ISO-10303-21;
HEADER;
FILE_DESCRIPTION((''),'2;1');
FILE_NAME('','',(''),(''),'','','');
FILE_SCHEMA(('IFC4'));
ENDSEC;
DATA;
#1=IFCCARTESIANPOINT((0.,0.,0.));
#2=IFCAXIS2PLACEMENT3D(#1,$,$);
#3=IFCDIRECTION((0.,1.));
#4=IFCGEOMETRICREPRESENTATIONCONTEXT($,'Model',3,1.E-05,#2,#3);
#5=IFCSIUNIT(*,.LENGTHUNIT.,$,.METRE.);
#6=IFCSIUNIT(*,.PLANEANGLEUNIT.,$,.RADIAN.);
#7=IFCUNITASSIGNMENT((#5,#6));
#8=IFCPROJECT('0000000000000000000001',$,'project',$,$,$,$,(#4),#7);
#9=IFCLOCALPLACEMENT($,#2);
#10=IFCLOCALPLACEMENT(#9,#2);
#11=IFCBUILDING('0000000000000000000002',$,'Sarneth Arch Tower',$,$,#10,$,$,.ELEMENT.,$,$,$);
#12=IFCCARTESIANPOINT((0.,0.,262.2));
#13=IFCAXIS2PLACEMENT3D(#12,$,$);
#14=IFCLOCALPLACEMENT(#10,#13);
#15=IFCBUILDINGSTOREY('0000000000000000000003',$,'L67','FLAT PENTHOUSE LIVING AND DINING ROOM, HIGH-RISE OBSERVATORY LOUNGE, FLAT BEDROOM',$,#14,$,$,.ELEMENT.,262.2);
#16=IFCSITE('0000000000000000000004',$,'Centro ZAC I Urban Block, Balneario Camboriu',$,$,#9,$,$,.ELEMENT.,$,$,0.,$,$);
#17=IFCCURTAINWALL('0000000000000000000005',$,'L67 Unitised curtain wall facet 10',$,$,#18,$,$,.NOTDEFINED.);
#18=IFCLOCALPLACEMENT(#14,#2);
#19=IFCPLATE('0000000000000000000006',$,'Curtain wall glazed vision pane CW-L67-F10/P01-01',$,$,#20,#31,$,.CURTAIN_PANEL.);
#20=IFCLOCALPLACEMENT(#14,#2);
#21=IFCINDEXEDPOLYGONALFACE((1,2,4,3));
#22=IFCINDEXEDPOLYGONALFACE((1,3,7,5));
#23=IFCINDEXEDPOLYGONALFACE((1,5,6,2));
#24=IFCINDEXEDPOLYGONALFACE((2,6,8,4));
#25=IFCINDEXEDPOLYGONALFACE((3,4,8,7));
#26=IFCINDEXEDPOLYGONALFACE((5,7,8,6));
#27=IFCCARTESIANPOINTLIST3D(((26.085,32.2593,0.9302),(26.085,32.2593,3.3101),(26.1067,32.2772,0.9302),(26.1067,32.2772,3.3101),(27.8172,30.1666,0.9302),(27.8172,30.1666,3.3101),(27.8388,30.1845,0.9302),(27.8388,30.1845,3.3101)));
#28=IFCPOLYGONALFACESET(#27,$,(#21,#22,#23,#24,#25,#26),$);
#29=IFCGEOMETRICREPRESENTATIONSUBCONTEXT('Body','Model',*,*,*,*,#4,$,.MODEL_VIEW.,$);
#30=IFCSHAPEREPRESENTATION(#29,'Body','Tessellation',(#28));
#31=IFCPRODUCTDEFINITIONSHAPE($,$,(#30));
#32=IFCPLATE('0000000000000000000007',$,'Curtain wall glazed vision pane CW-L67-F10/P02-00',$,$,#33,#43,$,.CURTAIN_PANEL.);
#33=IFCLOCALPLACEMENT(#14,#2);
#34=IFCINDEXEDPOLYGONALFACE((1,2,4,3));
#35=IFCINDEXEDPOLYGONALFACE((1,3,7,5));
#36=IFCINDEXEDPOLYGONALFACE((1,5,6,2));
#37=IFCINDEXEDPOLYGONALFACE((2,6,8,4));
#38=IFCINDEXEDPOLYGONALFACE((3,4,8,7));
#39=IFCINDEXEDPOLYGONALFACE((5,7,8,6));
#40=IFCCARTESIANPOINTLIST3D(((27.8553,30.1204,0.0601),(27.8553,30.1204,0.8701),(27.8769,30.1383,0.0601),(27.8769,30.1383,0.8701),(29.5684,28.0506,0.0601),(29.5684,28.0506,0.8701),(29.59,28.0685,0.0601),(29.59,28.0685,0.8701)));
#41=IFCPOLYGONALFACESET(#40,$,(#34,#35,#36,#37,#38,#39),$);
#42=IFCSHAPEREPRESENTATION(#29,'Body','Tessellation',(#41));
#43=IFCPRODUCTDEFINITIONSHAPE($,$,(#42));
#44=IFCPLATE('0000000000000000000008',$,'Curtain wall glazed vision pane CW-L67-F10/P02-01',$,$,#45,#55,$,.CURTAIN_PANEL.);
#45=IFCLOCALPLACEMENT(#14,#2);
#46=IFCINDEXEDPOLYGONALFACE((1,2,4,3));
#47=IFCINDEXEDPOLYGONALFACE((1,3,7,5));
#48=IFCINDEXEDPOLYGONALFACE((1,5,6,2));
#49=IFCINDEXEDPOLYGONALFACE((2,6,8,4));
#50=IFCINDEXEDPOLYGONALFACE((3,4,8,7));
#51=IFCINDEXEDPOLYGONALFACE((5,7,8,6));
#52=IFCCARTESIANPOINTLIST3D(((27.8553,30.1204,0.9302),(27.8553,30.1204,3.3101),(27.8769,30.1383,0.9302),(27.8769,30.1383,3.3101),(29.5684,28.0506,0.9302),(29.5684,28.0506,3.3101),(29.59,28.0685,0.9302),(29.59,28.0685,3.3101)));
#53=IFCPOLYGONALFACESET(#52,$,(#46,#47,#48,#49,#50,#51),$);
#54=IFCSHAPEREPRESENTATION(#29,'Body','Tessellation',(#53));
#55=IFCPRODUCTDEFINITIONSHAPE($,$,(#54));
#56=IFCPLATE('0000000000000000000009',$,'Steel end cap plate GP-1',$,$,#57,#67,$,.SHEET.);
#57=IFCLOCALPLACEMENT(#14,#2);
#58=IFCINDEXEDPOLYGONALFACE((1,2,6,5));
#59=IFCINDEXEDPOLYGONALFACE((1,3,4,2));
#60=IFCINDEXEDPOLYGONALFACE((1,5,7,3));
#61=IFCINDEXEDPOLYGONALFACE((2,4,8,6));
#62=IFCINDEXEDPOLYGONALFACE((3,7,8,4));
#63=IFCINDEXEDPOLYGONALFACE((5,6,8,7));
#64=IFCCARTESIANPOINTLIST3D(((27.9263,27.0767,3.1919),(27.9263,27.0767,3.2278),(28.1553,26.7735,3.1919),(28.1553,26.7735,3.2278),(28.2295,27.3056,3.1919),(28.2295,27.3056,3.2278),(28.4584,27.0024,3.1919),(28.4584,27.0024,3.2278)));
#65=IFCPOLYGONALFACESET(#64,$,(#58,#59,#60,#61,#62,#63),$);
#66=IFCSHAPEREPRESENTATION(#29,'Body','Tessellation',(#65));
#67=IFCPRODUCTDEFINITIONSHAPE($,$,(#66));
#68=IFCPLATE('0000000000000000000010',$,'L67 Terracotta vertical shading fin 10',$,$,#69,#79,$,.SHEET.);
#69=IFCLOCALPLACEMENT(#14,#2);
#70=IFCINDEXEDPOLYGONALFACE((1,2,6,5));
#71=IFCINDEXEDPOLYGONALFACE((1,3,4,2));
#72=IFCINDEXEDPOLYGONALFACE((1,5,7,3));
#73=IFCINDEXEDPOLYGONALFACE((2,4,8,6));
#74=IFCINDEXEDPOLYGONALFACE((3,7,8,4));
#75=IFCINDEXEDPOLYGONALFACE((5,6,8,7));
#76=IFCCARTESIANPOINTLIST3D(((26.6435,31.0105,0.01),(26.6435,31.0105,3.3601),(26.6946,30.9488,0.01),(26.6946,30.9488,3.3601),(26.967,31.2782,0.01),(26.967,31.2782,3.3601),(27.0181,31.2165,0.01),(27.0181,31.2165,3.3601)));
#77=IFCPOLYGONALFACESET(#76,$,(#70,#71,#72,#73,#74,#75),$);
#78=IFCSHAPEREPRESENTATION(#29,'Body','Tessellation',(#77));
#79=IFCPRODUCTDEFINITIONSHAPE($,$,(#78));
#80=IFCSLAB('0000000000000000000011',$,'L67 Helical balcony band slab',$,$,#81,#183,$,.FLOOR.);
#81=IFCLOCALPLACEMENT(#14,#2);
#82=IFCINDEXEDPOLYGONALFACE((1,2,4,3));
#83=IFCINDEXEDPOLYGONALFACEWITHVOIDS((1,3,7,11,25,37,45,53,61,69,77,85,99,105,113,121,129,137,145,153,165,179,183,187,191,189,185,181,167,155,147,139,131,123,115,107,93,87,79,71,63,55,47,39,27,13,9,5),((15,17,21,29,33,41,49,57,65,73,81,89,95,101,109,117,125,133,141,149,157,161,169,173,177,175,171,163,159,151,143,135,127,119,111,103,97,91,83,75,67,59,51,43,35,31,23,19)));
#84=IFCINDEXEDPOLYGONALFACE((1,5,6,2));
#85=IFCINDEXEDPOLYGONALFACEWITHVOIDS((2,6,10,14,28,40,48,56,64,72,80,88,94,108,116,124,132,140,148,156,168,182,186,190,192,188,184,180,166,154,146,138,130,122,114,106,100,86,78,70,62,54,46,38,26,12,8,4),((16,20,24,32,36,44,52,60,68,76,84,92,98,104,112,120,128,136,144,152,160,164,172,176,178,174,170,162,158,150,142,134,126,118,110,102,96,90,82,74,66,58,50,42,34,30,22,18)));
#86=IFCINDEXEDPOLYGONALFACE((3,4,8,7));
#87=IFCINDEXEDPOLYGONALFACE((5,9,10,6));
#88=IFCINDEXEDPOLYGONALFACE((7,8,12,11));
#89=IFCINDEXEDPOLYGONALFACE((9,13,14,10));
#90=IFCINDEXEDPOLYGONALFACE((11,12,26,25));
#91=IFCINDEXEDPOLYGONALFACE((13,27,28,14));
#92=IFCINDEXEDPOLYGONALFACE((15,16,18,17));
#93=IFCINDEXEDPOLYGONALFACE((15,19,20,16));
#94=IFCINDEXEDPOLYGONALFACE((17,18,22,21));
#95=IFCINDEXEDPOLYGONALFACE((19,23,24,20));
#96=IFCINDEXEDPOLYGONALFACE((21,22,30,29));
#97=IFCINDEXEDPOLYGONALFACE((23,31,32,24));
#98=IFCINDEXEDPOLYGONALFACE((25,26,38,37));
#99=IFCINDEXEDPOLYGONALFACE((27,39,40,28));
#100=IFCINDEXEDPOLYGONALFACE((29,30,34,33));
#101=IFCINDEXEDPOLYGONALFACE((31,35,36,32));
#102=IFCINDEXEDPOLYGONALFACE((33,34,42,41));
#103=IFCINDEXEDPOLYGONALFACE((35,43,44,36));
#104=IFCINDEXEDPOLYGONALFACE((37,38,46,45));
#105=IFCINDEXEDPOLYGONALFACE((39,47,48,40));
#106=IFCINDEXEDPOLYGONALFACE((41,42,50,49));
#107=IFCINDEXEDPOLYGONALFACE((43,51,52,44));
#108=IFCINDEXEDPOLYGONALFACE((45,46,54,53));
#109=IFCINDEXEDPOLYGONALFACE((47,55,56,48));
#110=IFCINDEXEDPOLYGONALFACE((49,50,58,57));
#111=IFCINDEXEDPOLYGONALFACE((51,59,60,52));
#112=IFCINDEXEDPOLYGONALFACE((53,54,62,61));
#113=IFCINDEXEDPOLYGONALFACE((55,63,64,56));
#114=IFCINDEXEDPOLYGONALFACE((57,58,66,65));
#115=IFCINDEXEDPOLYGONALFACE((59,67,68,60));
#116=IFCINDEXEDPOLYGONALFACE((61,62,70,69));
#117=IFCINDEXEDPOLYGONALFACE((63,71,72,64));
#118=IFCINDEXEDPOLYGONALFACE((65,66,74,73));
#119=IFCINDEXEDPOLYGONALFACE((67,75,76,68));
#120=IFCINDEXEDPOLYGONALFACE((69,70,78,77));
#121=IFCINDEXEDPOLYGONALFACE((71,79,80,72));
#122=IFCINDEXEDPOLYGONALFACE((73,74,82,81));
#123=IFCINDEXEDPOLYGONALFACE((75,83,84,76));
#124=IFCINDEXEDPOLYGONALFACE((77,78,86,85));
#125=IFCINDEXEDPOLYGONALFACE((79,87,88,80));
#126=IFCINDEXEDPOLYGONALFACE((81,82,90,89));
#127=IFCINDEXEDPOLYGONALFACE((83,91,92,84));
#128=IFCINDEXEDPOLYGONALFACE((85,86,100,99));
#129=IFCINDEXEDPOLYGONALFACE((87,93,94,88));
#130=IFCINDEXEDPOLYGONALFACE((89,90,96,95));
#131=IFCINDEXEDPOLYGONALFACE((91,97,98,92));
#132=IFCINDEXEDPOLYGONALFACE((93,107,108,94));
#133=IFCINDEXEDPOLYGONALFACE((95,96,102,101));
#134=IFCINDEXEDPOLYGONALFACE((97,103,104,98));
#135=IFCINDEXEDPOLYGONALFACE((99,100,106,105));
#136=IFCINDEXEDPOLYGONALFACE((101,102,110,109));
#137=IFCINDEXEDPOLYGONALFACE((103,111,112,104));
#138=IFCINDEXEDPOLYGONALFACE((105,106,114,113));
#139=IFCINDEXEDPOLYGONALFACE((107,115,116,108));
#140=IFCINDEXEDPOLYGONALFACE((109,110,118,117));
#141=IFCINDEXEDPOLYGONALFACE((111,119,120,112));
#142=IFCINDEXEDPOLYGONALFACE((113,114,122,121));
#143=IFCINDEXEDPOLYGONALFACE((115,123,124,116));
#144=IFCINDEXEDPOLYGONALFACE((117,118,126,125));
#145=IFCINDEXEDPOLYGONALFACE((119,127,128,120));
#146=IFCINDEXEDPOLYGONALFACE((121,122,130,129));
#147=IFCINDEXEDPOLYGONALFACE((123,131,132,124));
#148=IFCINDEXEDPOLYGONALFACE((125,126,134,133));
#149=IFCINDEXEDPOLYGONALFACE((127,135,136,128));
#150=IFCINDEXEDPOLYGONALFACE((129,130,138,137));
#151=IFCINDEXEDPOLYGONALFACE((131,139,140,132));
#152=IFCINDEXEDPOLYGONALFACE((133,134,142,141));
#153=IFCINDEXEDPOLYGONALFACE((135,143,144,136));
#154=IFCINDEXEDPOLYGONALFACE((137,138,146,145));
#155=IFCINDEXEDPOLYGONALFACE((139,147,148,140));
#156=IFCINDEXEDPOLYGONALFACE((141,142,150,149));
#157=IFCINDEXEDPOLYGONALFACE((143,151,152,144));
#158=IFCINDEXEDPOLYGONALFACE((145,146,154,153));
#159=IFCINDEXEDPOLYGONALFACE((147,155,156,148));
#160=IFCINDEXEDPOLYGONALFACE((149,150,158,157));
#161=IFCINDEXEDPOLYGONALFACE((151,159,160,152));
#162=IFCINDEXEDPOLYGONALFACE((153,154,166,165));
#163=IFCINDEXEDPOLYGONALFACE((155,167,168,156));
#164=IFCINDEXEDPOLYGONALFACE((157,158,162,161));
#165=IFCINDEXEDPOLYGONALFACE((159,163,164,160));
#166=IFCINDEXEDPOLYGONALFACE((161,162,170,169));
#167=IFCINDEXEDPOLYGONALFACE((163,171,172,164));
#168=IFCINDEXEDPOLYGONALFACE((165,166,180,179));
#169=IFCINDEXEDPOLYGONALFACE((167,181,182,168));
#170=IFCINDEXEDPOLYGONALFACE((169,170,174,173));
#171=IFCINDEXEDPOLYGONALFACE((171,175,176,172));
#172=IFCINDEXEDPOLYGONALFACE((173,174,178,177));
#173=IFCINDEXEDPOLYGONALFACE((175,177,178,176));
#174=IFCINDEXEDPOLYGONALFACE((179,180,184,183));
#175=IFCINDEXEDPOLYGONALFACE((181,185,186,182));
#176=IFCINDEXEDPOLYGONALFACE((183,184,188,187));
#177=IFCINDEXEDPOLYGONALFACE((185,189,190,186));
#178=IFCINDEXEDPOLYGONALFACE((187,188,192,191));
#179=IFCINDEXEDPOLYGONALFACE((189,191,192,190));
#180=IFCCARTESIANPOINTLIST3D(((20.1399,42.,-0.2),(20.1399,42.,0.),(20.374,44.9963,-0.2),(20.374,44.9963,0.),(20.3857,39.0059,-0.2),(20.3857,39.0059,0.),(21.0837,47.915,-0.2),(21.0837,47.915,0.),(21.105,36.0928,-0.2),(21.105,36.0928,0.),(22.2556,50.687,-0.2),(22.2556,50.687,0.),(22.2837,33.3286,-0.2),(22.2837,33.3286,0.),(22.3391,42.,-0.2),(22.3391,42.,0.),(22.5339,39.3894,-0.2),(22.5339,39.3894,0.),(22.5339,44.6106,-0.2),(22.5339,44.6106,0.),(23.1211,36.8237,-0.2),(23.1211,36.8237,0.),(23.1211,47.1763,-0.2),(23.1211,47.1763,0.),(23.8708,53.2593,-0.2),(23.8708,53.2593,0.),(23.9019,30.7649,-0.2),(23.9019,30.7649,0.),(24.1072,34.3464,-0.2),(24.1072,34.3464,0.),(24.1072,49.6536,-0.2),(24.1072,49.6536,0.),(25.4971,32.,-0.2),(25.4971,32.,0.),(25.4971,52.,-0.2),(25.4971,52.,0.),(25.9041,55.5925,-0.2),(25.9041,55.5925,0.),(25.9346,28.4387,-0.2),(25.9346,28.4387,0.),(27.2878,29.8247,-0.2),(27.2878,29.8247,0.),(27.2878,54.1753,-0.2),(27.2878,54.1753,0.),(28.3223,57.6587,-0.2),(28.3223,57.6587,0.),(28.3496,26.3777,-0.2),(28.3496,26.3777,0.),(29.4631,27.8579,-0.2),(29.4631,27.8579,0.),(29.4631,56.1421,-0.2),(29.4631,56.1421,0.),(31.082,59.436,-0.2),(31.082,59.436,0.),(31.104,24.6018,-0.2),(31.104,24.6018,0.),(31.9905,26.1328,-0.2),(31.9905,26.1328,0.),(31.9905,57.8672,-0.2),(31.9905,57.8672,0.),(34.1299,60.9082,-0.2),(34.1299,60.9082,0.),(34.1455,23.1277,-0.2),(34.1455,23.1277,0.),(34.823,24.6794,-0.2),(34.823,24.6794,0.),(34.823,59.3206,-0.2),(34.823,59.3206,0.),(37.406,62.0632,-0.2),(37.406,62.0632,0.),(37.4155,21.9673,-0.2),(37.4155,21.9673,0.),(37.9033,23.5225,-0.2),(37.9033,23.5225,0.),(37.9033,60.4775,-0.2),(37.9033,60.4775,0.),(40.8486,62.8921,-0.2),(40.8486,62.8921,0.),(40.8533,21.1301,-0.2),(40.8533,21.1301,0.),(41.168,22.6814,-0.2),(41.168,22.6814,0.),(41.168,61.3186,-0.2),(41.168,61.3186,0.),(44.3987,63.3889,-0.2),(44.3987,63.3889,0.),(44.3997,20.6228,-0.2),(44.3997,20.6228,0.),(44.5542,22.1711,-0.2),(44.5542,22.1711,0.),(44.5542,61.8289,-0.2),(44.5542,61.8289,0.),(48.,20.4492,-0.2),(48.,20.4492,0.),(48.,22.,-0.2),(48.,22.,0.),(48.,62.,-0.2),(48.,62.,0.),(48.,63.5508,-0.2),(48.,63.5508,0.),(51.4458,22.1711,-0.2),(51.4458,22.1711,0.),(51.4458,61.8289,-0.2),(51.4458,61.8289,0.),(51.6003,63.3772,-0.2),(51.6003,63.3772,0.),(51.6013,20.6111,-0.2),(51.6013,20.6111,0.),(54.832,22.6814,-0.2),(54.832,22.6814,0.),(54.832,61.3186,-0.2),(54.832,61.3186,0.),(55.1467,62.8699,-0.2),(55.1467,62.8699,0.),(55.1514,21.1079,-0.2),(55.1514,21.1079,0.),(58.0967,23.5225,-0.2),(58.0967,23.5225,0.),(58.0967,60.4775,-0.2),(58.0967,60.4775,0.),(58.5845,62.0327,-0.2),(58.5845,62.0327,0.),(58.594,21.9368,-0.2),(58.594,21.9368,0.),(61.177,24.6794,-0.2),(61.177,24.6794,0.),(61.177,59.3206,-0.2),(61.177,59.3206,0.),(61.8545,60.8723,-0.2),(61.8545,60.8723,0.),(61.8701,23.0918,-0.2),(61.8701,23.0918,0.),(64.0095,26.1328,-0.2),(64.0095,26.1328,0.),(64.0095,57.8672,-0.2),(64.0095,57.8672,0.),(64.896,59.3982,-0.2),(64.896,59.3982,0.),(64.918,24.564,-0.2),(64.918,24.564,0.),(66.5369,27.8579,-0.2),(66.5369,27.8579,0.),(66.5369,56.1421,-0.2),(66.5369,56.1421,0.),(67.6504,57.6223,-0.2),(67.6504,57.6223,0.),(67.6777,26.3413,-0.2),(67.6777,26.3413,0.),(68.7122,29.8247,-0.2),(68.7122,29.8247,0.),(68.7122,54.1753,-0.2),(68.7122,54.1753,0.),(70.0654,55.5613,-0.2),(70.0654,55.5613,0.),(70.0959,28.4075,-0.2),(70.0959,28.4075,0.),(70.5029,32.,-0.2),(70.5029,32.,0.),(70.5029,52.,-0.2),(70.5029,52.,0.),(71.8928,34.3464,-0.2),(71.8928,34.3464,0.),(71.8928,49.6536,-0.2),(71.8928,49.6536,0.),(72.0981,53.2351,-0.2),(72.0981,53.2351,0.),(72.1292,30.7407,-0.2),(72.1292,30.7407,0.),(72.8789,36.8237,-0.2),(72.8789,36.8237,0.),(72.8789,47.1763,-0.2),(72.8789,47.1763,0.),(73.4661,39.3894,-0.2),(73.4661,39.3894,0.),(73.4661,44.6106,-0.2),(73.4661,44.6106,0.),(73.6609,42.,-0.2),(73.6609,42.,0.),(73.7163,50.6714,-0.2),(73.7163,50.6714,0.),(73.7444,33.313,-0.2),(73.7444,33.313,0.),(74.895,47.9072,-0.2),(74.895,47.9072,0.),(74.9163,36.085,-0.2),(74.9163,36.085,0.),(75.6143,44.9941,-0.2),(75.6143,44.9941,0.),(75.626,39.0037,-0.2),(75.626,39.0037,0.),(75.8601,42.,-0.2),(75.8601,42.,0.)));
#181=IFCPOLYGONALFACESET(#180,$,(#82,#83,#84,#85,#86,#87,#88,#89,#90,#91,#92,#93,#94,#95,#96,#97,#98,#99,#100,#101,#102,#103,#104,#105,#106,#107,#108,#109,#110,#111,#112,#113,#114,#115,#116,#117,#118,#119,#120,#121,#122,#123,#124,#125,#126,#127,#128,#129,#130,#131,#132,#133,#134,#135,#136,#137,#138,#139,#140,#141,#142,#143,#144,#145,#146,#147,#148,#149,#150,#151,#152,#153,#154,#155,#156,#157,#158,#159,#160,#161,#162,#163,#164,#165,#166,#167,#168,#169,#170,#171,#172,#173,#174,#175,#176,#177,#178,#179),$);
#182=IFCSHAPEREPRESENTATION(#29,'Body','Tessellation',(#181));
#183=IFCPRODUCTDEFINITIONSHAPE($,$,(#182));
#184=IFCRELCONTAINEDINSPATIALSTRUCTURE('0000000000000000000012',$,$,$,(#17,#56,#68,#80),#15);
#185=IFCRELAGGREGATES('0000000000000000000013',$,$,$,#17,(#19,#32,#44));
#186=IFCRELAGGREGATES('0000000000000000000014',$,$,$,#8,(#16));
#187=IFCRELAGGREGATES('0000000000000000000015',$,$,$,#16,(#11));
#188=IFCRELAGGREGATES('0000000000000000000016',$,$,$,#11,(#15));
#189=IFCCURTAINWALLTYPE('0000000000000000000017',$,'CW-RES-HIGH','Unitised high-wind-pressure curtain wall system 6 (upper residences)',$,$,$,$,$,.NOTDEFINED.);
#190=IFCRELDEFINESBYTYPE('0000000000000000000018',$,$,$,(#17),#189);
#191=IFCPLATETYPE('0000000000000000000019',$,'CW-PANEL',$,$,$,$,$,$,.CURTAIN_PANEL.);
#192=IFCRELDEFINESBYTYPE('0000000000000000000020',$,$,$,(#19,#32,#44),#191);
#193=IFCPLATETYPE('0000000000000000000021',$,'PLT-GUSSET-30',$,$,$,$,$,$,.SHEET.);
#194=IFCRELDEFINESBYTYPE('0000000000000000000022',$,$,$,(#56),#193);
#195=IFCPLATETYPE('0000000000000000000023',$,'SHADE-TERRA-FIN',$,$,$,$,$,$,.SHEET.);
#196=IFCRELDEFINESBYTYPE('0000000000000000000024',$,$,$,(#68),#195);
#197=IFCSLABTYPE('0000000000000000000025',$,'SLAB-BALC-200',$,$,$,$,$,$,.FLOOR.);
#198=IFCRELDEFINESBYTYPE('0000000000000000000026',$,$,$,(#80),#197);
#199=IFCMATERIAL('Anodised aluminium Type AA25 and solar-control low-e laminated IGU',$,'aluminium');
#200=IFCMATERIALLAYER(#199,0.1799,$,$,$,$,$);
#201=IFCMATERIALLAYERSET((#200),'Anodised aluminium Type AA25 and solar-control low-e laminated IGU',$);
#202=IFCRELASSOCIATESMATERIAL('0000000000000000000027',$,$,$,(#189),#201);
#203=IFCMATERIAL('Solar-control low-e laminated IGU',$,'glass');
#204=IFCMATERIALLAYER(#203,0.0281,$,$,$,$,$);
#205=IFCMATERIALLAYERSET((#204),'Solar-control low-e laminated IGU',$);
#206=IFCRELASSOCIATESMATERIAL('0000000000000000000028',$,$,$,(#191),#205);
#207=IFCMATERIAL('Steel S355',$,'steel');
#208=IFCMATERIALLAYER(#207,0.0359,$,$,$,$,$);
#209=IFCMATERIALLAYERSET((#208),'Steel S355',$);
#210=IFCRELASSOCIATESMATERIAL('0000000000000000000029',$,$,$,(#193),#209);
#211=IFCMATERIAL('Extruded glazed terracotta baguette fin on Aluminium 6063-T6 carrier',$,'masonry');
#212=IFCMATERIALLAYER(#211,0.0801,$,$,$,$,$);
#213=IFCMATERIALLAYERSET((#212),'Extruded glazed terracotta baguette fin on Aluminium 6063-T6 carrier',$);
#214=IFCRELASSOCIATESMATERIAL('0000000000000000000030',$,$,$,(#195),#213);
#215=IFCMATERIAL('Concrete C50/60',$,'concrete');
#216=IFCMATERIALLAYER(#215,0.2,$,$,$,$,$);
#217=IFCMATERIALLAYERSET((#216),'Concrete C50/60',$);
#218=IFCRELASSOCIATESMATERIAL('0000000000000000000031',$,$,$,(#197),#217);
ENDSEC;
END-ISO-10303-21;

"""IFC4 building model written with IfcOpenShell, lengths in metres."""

from ifc_helpers import new_model, si_unit, direction, frame, origin, origin_2d, place, context, subcontext, project, spatial, polyline, rectangle, outline, extrude, material, layer, layer_set, type_object, element, aggregate, save


model = new_model("IFC4")

# Units and contexts
model_context = context("Model", 3, precision=1e-05, world=origin(), true_north=direction((0.0, 1.0)))
body_context = subcontext(model_context, "Body", "Model", "MODEL_VIEW")
ifc_project = project(units=[si_unit("LENGTHUNIT", "METRE"), si_unit("PLANEANGLEUNIT", "RADIAN")], contexts=[model_context])

# Site, building, storey
site_placement = place(None, origin())
site = spatial("IfcSite", under=ifc_project, at=site_placement, Name="Centro ZAC I Urban Block, Balneario Camboriu", CompositionType="ELEMENT", RefElevation=0.0)
building_placement = place(site_placement, origin())
building = spatial("IfcBuilding", under=site, at=building_placement, Name="Sarneth Arch Tower", CompositionType="ELEMENT")
storey_placement = place(building_placement, frame((0.0, 0.0, 262.2)))
storey = spatial("IfcBuildingStorey", under=building, at=storey_placement, Name="L67", Description="FLAT PENTHOUSE LIVING AND DINING ROOM, HIGH-RISE OBSERVATORY LOUNGE, FLAT BEDROOM", CompositionType="ELEMENT", Elevation=262.2)

# Curtain wall
ifc_material_1 = material(Name="Anodised aluminium Type AA25 and solar-control low-e laminated IGU", Category="aluminium")
ifc_layer_1 = layer(ifc_material_1, 0.1799)
ifc_layer_set_1 = layer_set([ifc_layer_1], Name="Anodised aluminium Type AA25 and solar-control low-e laminated IGU")
curtain_wall_type = type_object("IfcCurtainWallType", Name="CW-RES-HIGH", Description="Unitised high-wind-pressure curtain wall system 6 (upper residences)", PredefinedType="NOTDEFINED", material=ifc_layer_set_1)
curtain_wall_placement = place(storey_placement, origin())
curtain_wall = element("IfcCurtainWall", 1, at=curtain_wall_placement, inside=storey, type_object=curtain_wall_type, Name="L67 Unitised curtain wall facet 10", PredefinedType="NOTDEFINED")

# Plates
ifc_material_2 = material(Name="Solar-control low-e laminated IGU", Category="glass")
ifc_layer_2 = layer(ifc_material_2, 0.0281)
ifc_layer_set_2 = layer_set([ifc_layer_2], Name="Solar-control low-e laminated IGU")
plate_type_1 = type_object("IfcPlateType", Name="CW-PANEL", PredefinedType="CURTAIN_PANEL", material=ifc_layer_set_2)
plate_1_placement = place(storey_placement, frame((26.9619, 31.2219, 0.9302), z_axis=(0.0, 0.0, 1.0), x_axis=(0.63761, -0.770359, 0.0)))
plate_1 = element("IfcPlate", 2, at=plate_1_placement, type_object=plate_type_1, Name="Curtain wall glazed vision pane CW-L67-F10/P01-01", PredefinedType="CURTAIN_PANEL", context=body_context, shape_type="SweptSolid", body=[
    extrude(rectangle(XDim=2.7166, YDim=0.0281, at=origin_2d()), origin(), (0.0, 0.0, 1.0), 2.3799),
])
plate_2_placement = place(storey_placement, frame((28.7227, 29.0945, 0.0601), z_axis=(0.0, 0.0, 1.0), x_axis=(0.63761, -0.770359, 0.0)))
plate_2 = element("IfcPlate", 3, at=plate_2_placement, type_object=plate_type_1, Name="Curtain wall glazed vision pane CW-L67-F10/P02-00", PredefinedType="CURTAIN_PANEL", context=body_context, shape_type="SweptSolid", body=[
    extrude(rectangle(XDim=2.6868, YDim=0.0281, at=origin_2d()), origin(), (0.0, 0.0, 1.0), 0.8101),
])
plate_3_placement = place(storey_placement, frame((28.7227, 29.0945, 0.9302), z_axis=(0.0, 0.0, 1.0), x_axis=(0.63761, -0.770359, 0.0)))
plate_3 = element("IfcPlate", 4, at=plate_3_placement, type_object=plate_type_1, Name="Curtain wall glazed vision pane CW-L67-F10/P02-01", PredefinedType="CURTAIN_PANEL", context=body_context, shape_type="SweptSolid", body=[
    extrude(rectangle(XDim=2.6868, YDim=0.0281, at=origin_2d()), origin(), (0.0, 0.0, 1.0), 2.3799),
])
aggregate(curtain_wall, [plate_1, plate_2, plate_3])

# Plates
ifc_material_3 = material(Name="Steel S355", Category="steel")
ifc_layer_3 = layer(ifc_material_3, 0.0359)
ifc_layer_set_3 = layer_set([ifc_layer_3], Name="Steel S355")
plate_type_2 = type_object("IfcPlateType", Name="PLT-GUSSET-30", PredefinedType="SHEET", material=ifc_layer_set_3)
plate_4_placement = place(storey_placement, frame((28.1924, 27.0396, 3.1919), z_axis=(0.0, 0.0, 1.0), x_axis=(-0.798005, -0.602651, 0.0)))
element("IfcPlate", 5, at=plate_4_placement, inside=storey, type_object=plate_type_2, Name="Steel end cap plate GP-1", PredefinedType="SHEET", context=body_context, shape_type="SweptSolid", body=[
    extrude(rectangle(XDim=0.3799, YDim=0.3799, at=origin_2d()), origin(), (0.0, 0.0, 1.0), 0.0359),
])
ifc_material_4 = material(Name="Extruded glazed terracotta baguette fin on Aluminium 6063-T6 carrier", Category="masonry")
ifc_layer_4 = layer(ifc_material_4, 0.0801)
ifc_layer_set_4 = layer_set([ifc_layer_4], Name="Extruded glazed terracotta baguette fin on Aluminium 6063-T6 carrier")
plate_type_3 = type_object("IfcPlateType", Name="SHADE-TERRA-FIN", PredefinedType="SHEET", material=ifc_layer_set_4)
plate_5_placement = place(storey_placement, frame((26.8308, 31.1135, 0.01), z_axis=(0.0, 0.0, 1.0), x_axis=(-0.770402, -0.637558, 0.0)))
element("IfcPlate", 6, at=plate_5_placement, inside=storey, type_object=plate_type_3, Name="L67 Terracotta vertical shading fin 10", PredefinedType="SHEET", context=body_context, shape_type="SweptSolid", body=[
    extrude(rectangle(XDim=0.4199, YDim=0.0801, at=origin_2d()), origin(), (0.0, 0.0, 1.0), 3.3501),
])

# Slab
ifc_material_5 = material(Name="Concrete C50/60", Category="concrete")
ifc_layer_5 = layer(ifc_material_5, 0.2)
ifc_layer_set_5 = layer_set([ifc_layer_5], Name="Concrete C50/60")
slab_type_1 = type_object("IfcSlabType", Name="SLAB-BALC-200", PredefinedType="FLOOR", material=ifc_layer_set_5)
slab_1_placement = place(storey_placement, frame((0.0, 0.0, -0.2)))
element("IfcSlab", 7, at=slab_1_placement, inside=storey, type_object=slab_type_1, Name="L67 Helical balcony band slab", PredefinedType="FLOOR", context=body_context, shape_type="SweptSolid", body=[
    extrude(outline(polyline([(75.8601, 42.0), (75.6143, 44.9941), (74.895, 47.9072), (73.7163, 50.6714), (72.0981, 53.2351), (70.0654, 55.5613), (67.6504, 57.6223), (64.896, 59.3982), (61.8545, 60.8723), (58.5845, 62.0327), (55.1467, 62.8699), (51.6003, 63.3772), (48.0, 63.5508), (44.3987, 63.3889), (40.8486, 62.8921), (37.406, 62.0632), (34.1299, 60.9082), (31.082, 59.436), (28.3223, 57.6587), (25.9041, 55.5925), (23.8708, 53.2593), (22.2556, 50.687), (21.0837, 47.915), (20.374, 44.9963), (20.1399, 42.0), (20.3857, 39.0059), (21.105, 36.0928), (22.2837, 33.3286), (23.9019, 30.7649), (25.9346, 28.4387), (28.3496, 26.3777), (31.104, 24.6018), (34.1455, 23.1277), (37.4155, 21.9673), (40.8533, 21.1301), (44.3997, 20.6228), (48.0, 20.4492), (51.6013, 20.6111), (55.1514, 21.1079), (58.594, 21.9368), (61.8701, 23.0918), (64.918, 24.564), (67.6777, 26.3413), (70.0959, 28.4075), (72.1292, 30.7407), (73.7444, 33.313), (74.9163, 36.085), (75.626, 39.0037), (75.8601, 42.0)]), holes=[polyline([(73.6609, 42.0), (73.4661, 44.6106), (72.8789, 47.1763), (71.8928, 49.6536), (70.5029, 52.0), (68.7122, 54.1753), (66.5369, 56.1421), (64.0095, 57.8672), (61.177, 59.3206), (58.0967, 60.4775), (54.832, 61.3186), (51.4458, 61.8289), (48.0, 62.0), (44.5542, 61.8289), (41.168, 61.3186), (37.9033, 60.4775), (34.823, 59.3206), (31.9905, 57.8672), (29.4631, 56.1421), (27.2878, 54.1753), (25.4971, 52.0), (24.1072, 49.6536), (23.1211, 47.1763), (22.5339, 44.6106), (22.3391, 42.0), (22.5339, 39.3894), (23.1211, 36.8237), (24.1072, 34.3464), (25.4971, 32.0), (27.2878, 29.8247), (29.4631, 27.8579), (31.9905, 26.1328), (34.823, 24.6794), (37.9033, 23.5225), (41.168, 22.6814), (44.5542, 22.1711), (48.0, 22.0), (51.4458, 22.1711), (54.832, 22.6814), (58.0967, 23.5225), (61.177, 24.6794), (64.0095, 26.1328), (66.5369, 27.8579), (68.7122, 29.8247), (70.5029, 32.0), (71.8928, 34.3464), (72.8789, 36.8237), (73.4661, 39.3894), (73.6609, 42.0)])]), origin(), (0.0, 0.0, 1.0), 0.2),
])

save(model, "model.ifc")
